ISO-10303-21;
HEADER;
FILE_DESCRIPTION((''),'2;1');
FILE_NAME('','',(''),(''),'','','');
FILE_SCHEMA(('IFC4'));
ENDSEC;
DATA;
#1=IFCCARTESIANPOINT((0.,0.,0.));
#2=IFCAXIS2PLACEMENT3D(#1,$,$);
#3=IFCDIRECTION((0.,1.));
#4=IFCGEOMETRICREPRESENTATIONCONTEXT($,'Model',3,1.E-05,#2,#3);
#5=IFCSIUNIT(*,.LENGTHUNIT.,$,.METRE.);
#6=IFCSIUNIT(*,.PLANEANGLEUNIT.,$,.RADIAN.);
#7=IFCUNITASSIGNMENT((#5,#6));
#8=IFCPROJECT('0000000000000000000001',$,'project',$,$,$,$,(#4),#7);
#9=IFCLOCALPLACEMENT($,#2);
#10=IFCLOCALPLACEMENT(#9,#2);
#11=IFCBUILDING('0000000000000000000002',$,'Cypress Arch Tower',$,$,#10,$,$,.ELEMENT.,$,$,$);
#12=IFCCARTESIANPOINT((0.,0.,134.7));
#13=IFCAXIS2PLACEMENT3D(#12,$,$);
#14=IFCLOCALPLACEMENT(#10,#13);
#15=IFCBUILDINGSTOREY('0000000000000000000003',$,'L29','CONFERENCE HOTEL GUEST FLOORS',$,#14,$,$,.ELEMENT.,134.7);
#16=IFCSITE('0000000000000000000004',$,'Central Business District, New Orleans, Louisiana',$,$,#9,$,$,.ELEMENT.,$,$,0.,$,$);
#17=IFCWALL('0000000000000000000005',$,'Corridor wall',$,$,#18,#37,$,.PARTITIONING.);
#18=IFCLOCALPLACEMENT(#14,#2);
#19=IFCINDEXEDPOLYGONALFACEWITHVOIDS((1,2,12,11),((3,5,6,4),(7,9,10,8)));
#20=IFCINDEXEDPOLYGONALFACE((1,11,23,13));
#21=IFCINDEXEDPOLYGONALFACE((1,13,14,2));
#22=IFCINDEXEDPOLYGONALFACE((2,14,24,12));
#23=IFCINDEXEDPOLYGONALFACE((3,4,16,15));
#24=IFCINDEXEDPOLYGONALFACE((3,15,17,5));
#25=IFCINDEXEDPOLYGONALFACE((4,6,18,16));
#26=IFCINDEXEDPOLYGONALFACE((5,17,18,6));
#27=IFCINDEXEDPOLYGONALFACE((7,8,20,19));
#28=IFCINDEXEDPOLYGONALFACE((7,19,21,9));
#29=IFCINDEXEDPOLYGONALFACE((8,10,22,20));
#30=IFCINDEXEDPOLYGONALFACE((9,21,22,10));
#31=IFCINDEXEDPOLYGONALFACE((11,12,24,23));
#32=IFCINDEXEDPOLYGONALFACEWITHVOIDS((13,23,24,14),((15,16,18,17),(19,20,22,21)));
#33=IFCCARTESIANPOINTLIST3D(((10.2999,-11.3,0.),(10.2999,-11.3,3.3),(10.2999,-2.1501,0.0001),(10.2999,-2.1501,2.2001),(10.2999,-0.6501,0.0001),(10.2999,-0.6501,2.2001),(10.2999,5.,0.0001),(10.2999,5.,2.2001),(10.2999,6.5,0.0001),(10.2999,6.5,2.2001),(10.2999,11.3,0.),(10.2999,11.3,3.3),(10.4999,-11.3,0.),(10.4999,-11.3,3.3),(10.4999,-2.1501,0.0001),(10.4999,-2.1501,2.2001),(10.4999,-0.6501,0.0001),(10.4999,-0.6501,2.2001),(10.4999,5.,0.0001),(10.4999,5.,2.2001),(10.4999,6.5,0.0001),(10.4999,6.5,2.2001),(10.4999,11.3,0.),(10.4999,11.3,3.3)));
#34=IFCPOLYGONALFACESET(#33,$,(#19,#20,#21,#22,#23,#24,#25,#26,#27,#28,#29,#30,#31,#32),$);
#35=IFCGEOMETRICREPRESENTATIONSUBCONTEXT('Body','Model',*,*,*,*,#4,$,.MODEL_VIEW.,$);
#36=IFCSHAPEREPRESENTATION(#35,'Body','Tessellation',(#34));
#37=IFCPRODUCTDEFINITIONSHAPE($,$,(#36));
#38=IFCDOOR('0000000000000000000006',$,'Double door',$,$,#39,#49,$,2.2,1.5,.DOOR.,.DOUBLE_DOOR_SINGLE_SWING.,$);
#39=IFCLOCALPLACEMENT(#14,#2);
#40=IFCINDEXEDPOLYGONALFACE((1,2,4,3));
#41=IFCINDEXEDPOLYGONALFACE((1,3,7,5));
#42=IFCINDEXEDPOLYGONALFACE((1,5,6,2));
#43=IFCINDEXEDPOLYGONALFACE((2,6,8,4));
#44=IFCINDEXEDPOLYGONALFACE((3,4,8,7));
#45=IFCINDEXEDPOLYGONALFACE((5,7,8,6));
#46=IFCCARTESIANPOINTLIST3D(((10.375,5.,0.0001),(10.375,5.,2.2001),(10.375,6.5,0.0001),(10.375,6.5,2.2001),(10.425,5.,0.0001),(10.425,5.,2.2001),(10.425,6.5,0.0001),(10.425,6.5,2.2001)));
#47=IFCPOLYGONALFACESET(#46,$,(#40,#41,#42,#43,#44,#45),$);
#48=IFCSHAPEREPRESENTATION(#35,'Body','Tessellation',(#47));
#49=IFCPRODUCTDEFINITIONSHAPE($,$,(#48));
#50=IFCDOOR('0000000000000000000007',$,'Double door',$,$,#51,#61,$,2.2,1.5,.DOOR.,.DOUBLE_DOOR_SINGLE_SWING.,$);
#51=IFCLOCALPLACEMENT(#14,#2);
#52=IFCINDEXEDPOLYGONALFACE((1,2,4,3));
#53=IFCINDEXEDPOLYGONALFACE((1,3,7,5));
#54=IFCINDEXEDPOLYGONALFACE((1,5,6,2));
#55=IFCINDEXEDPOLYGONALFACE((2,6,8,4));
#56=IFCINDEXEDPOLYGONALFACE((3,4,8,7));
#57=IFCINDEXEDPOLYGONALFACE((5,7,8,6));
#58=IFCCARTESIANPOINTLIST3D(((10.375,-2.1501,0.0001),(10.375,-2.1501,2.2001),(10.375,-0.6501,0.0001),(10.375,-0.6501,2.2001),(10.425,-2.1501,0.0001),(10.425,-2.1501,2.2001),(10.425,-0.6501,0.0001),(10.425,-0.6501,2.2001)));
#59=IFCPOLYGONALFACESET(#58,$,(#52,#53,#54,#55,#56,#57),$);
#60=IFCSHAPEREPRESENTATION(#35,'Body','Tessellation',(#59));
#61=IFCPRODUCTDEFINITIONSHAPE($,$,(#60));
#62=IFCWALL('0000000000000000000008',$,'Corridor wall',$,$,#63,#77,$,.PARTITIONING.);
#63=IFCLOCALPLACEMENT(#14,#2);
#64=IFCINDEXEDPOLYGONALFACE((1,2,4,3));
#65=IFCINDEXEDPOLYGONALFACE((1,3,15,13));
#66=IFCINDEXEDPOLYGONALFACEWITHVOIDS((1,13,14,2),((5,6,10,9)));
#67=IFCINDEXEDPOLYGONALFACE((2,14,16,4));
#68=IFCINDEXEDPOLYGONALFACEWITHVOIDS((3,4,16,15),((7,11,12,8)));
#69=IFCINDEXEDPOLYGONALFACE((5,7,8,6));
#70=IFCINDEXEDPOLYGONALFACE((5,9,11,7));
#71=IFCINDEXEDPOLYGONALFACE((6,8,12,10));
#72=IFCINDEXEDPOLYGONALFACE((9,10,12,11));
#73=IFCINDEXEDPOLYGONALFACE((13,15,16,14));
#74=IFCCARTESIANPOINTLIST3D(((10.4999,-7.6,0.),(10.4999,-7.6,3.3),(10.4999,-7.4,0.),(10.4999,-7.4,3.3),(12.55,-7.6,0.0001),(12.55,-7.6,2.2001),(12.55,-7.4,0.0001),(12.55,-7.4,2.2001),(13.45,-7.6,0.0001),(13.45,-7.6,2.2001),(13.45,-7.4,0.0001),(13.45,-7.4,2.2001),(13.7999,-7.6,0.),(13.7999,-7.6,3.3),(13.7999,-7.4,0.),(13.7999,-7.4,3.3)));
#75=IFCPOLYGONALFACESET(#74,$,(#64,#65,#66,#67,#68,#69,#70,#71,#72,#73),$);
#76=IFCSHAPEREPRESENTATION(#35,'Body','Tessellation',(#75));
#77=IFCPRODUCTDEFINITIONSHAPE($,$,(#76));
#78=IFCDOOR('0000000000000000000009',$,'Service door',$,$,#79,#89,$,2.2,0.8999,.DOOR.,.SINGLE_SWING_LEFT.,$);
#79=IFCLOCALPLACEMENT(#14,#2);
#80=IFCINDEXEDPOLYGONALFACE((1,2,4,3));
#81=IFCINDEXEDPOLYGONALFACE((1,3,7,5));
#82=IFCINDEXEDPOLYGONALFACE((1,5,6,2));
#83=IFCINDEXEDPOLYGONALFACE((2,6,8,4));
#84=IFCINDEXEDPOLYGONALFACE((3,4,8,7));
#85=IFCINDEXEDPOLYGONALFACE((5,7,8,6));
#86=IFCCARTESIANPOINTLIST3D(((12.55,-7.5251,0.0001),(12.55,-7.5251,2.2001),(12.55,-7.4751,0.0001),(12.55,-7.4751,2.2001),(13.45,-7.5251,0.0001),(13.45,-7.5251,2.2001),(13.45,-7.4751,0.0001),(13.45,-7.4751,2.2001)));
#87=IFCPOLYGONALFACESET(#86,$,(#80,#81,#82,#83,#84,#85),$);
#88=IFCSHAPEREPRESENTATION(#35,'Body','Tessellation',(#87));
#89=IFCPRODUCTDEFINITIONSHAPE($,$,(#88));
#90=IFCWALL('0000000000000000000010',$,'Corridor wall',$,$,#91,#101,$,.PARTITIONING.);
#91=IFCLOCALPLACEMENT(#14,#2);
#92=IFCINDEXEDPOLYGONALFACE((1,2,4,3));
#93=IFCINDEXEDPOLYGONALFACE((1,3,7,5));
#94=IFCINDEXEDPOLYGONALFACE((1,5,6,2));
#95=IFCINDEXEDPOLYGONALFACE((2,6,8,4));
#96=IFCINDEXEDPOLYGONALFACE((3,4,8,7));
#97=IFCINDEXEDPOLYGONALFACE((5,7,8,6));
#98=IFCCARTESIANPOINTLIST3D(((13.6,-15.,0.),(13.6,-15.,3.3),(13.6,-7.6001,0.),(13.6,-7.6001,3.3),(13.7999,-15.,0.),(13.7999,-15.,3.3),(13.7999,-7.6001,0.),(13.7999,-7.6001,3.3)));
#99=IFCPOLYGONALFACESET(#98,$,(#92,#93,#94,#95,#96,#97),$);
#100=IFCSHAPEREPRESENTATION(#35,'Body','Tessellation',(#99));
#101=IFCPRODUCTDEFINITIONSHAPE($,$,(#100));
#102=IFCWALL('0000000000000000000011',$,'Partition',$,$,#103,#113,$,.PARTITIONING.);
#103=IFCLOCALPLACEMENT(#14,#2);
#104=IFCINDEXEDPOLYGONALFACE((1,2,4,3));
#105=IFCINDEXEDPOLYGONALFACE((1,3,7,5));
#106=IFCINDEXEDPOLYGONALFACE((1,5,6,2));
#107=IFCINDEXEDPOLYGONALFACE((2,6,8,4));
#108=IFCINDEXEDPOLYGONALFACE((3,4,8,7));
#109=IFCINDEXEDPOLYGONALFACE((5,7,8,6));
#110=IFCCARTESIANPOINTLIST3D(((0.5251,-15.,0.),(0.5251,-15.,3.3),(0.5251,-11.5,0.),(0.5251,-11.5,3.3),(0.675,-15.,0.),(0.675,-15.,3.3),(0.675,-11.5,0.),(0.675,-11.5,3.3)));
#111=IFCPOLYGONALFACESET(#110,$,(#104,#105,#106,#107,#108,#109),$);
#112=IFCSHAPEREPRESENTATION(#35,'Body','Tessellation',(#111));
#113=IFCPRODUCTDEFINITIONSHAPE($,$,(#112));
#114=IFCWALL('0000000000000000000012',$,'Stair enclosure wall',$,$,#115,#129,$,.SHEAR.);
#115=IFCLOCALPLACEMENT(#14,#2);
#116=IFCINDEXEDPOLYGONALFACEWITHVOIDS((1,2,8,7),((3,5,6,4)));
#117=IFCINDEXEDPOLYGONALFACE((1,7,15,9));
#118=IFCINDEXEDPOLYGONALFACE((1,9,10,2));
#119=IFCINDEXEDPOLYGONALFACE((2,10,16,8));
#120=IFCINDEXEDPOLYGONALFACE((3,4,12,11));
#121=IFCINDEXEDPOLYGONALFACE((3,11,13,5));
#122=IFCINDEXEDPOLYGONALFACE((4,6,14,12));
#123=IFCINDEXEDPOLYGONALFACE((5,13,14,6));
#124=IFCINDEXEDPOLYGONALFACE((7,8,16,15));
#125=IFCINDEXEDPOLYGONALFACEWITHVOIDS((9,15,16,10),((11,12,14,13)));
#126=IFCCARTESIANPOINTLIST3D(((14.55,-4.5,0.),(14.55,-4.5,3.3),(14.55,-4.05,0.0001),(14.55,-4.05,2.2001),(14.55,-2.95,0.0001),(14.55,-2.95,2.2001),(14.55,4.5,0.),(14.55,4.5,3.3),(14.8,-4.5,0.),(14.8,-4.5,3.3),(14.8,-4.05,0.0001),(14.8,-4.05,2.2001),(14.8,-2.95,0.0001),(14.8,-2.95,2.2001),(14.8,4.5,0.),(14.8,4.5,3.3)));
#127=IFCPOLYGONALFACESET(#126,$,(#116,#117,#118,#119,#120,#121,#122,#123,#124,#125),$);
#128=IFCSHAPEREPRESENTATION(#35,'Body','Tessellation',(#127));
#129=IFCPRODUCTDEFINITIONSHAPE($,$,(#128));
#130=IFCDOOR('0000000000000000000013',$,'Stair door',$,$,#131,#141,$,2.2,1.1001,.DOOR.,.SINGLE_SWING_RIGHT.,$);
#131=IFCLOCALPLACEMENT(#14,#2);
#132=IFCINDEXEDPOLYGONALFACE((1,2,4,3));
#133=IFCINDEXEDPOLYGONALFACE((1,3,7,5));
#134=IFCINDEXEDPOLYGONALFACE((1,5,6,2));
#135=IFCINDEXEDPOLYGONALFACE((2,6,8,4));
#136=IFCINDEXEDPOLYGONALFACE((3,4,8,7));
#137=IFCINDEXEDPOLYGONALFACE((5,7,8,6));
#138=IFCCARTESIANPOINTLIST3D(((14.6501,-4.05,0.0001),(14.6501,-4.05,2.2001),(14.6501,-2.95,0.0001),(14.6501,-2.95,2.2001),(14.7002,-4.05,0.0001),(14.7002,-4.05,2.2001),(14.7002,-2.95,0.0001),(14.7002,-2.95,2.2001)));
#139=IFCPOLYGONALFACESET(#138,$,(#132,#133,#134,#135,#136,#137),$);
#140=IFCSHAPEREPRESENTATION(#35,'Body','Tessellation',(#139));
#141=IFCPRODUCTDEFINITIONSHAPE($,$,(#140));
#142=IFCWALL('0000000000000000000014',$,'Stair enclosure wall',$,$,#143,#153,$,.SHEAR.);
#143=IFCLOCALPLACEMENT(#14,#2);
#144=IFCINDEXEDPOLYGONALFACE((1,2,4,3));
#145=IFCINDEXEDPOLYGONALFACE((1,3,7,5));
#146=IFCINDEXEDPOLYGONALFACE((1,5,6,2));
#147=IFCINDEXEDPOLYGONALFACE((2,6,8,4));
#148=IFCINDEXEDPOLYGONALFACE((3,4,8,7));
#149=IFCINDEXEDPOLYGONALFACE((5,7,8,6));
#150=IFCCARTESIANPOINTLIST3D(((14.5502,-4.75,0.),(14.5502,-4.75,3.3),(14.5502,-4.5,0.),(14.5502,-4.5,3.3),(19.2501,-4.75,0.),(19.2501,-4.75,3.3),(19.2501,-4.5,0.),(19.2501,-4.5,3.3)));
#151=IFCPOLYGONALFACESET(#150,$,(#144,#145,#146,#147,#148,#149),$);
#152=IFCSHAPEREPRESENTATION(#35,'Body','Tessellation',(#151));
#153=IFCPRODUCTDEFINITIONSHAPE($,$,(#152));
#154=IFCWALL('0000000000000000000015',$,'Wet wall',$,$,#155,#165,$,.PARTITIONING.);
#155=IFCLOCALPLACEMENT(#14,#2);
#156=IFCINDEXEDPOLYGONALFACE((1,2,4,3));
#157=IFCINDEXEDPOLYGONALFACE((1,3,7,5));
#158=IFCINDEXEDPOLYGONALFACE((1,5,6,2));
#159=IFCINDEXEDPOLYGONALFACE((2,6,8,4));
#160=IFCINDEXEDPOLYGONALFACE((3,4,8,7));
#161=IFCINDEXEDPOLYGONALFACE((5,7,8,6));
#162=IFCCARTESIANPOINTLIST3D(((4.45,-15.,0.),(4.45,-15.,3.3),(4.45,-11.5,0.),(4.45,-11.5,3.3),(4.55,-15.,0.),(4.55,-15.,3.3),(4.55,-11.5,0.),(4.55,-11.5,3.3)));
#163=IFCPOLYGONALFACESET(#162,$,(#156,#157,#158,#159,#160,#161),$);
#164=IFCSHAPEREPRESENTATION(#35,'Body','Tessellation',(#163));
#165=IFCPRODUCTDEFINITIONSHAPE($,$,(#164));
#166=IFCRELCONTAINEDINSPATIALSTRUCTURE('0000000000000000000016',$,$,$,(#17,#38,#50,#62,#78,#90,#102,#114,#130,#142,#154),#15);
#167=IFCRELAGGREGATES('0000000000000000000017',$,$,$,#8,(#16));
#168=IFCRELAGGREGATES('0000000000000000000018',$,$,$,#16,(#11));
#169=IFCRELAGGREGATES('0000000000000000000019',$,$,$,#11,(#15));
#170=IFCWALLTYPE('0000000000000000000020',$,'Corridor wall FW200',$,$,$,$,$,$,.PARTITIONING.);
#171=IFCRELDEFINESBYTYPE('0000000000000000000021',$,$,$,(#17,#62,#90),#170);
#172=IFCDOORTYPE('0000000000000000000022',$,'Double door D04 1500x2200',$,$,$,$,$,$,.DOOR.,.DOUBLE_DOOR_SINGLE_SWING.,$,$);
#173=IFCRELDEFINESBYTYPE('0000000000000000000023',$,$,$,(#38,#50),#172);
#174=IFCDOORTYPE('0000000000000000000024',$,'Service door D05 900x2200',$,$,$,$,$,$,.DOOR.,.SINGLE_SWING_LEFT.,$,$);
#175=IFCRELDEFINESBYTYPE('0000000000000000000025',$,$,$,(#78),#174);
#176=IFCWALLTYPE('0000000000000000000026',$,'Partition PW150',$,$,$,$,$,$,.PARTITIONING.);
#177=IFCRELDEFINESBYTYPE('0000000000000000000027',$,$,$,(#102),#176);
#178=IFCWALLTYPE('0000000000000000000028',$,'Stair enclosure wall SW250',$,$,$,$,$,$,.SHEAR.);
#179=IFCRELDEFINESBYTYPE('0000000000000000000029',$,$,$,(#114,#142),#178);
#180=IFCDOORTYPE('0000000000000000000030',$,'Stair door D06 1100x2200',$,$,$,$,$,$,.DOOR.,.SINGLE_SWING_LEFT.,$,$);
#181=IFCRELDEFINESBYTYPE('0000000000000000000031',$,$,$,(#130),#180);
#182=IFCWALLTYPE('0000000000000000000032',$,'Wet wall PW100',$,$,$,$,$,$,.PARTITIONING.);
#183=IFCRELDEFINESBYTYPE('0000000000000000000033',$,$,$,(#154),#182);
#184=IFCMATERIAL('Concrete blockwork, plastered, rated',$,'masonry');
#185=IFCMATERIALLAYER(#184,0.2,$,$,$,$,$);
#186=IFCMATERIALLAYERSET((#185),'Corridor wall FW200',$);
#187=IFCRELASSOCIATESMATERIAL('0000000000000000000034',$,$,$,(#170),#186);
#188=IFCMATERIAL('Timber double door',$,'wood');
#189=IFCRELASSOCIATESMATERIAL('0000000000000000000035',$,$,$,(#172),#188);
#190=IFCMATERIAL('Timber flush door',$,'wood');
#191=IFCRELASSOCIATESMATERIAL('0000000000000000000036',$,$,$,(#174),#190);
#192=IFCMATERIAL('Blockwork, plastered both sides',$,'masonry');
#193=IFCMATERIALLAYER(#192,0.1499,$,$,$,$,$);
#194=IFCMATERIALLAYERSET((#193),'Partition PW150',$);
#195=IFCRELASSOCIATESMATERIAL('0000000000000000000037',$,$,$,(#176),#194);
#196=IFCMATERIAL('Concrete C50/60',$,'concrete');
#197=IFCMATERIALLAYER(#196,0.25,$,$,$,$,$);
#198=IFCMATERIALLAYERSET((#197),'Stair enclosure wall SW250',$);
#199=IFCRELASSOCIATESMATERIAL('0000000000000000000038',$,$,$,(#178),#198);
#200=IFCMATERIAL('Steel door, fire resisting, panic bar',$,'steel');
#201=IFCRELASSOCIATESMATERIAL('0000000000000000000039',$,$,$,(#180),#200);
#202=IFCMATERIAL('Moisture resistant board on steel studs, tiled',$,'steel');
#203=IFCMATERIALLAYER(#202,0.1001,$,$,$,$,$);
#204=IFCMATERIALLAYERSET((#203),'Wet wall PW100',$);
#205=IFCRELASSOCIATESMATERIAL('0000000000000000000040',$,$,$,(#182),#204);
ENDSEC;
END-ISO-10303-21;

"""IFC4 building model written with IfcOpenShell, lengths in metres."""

from ifc_helpers import new_model, si_unit, direction, frame, frame_2d, origin, place, context, subcontext, project, spatial, rectangle, extrude, material, layer, layer_set, type_object, element, fill, save


model = new_model("IFC4")

# Units and contexts
model_context = context("Model", 3, precision=1e-05, world=origin(), true_north=direction((0.0, 1.0)))
body_context = subcontext(model_context, "Body", "Model", "MODEL_VIEW")
ifc_project = project(units=[si_unit("LENGTHUNIT", "METRE"), si_unit("PLANEANGLEUNIT", "RADIAN")], contexts=[model_context])

# Site, building, storey
site_placement = place(None, origin())
site = spatial("IfcSite", under=ifc_project, at=site_placement, Name="Central Business District, New Orleans, Louisiana", CompositionType="ELEMENT", RefElevation=0.0)
building_placement = place(site_placement, origin())
building = spatial("IfcBuilding", under=site, at=building_placement, Name="Cypress Arch Tower", CompositionType="ELEMENT")
storey_placement = place(building_placement, frame((0.0, 0.0, 134.7)))
storey = spatial("IfcBuildingStorey", under=building, at=storey_placement, Name="L29", Description="CONFERENCE HOTEL GUEST FLOORS", CompositionType="ELEMENT", Elevation=134.7)

# Shared definitions
ifc_material_1 = material(Name="Concrete blockwork, plastered, rated", Category="masonry")
ifc_layer_1 = layer(ifc_material_1, 0.2)
ifc_layer_set_1 = layer_set([ifc_layer_1], Name="Corridor wall FW200")
wall_type_1 = type_object("IfcWallType", Name="Corridor wall FW200", PredefinedType="PARTITIONING", material=ifc_layer_set_1)

# Wall, openings, doors
wall_1_placement = place(storey_placement, frame((10.3999, -11.3, 0.0), z_axis=(0.0, 0.0, 1.0), x_axis=(0.0, 1.0, 0.0)))
wall_1 = element("IfcWall", 1, at=wall_1_placement, inside=storey, type_object=wall_type_1, Name="Corridor wall", PredefinedType="PARTITIONING", context=body_context, shape_type="SweptSolid", body=[
    extrude(rectangle(XDim=22.6001, YDim=0.2, at=frame_2d((11.3, 0.0))), origin(), (0.0, 0.0, 1.0), 3.3),
])
opening_1_placement = place(wall_1_placement, frame((16.3, 0.0, 0.0)))
opening_1 = element("IfcOpeningElement", 2, at=opening_1_placement, cuts=wall_1, PredefinedType="OPENING", context=body_context, shape_type="SweptSolid", body=[
    extrude(rectangle(XDim=1.5, YDim=2.2, at=frame_2d((0.75, 1.1001))), frame((0.0, 0.1099, 0.0), z_axis=(0.0, -1.0, 0.0), x_axis=(1.0, 0.0, 0.0)), (0.0, 0.0, 1.0), 0.22),
])
opening_2_placement = place(wall_1_placement, frame((9.1499, 0.0, 0.0)))
opening_2 = element("IfcOpeningElement", 3, at=opening_2_placement, cuts=wall_1, PredefinedType="OPENING", context=body_context, shape_type="SweptSolid", body=[
    extrude(rectangle(XDim=1.5, YDim=2.2, at=frame_2d((0.75, 1.1001))), frame((0.0, 0.1099, 0.0), z_axis=(0.0, -1.0, 0.0), x_axis=(1.0, 0.0, 0.0)), (0.0, 0.0, 1.0), 0.22),
])
ifc_material_2 = material(Name="Timber double door", Category="wood")
door_type_1 = type_object("IfcDoorType", Name="Double door D04 1500x2200", OperationType="DOUBLE_DOOR_SINGLE_SWING", PredefinedType="DOOR", material=ifc_material_2)
door_1_placement = place(opening_1_placement, origin())
door_1 = element("IfcDoor", 4, at=door_1_placement, inside=storey, type_object=door_type_1, Name="Double door", OperationType="DOUBLE_DOOR_SINGLE_SWING", OverallHeight=2.2, OverallWidth=1.5, PredefinedType="DOOR", context=body_context, shape_type="SweptSolid", body=[
    extrude(rectangle(XDim=1.5, YDim=2.2, at=frame_2d((0.75, 1.1001))), frame((0.0, 0.0249, 0.0), z_axis=(0.0, -1.0, 0.0), x_axis=(1.0, 0.0, 0.0)), (0.0, 0.0, 1.0), 0.05),
])
fill(opening_1, door_1)
door_2_placement = place(opening_2_placement, origin())
door_2 = element("IfcDoor", 5, at=door_2_placement, inside=storey, type_object=door_type_1, Name="Double door", OperationType="DOUBLE_DOOR_SINGLE_SWING", OverallHeight=2.2, OverallWidth=1.5, PredefinedType="DOOR", context=body_context, shape_type="SweptSolid", body=[
    extrude(rectangle(XDim=1.5, YDim=2.2, at=frame_2d((0.75, 1.1001))), frame((0.0, 0.0249, 0.0), z_axis=(0.0, -1.0, 0.0), x_axis=(1.0, 0.0, 0.0)), (0.0, 0.0, 1.0), 0.05),
])
fill(opening_2, door_2)

# Wall, opening, door
wall_2_placement = place(storey_placement, frame((10.5, -7.5, 0.0), z_axis=(0.0, 0.0, 1.0), x_axis=(1.0, 0.0, 0.0)))
wall_2 = element("IfcWall", 6, at=wall_2_placement, inside=storey, type_object=wall_type_1, Name="Corridor wall", PredefinedType="PARTITIONING", context=body_context, shape_type="SweptSolid", body=[
    extrude(rectangle(XDim=3.3, YDim=0.2, at=frame_2d((1.6499, 0.0))), origin(), (0.0, 0.0, 1.0), 3.3),
])
opening_3_placement = place(wall_2_placement, frame((2.05, 0.0, 0.0)))
opening_3 = element("IfcOpeningElement", 7, at=opening_3_placement, cuts=wall_2, PredefinedType="OPENING", context=body_context, shape_type="SweptSolid", body=[
    extrude(rectangle(XDim=0.8999, YDim=2.2, at=frame_2d((0.45, 1.1001))), frame((0.0, 0.1099, 0.0), z_axis=(0.0, -1.0, 0.0), x_axis=(1.0, 0.0, 0.0)), (0.0, 0.0, 1.0), 0.22),
])
ifc_material_3 = material(Name="Timber flush door", Category="wood")
door_type_2 = type_object("IfcDoorType", Name="Service door D05 900x2200", OperationType="SINGLE_SWING_LEFT", PredefinedType="DOOR", material=ifc_material_3)
door_3_placement = place(opening_3_placement, origin())
door_3 = element("IfcDoor", 8, at=door_3_placement, inside=storey, type_object=door_type_2, Name="Service door", OperationType="SINGLE_SWING_LEFT", OverallHeight=2.2, OverallWidth=0.8999, PredefinedType="DOOR", context=body_context, shape_type="SweptSolid", body=[
    extrude(rectangle(XDim=0.8999, YDim=2.2, at=frame_2d((0.45, 1.1001))), frame((0.0, 0.0249, 0.0), z_axis=(0.0, -1.0, 0.0), x_axis=(1.0, 0.0, 0.0)), (0.0, 0.0, 1.0), 0.05),
])
fill(opening_3, door_3)

# Walls
wall_3_placement = place(storey_placement, frame((13.7, -15.0, 0.0), z_axis=(0.0, 0.0, 1.0), x_axis=(0.0, 1.0, 0.0)))
element("IfcWall", 9, at=wall_3_placement, inside=storey, type_object=wall_type_1, Name="Corridor wall", PredefinedType="PARTITIONING", context=body_context, shape_type="SweptSolid", body=[
    extrude(rectangle(XDim=7.3999, YDim=0.2, at=frame_2d((3.7, 0.0))), origin(), (0.0, 0.0, 1.0), 3.3),
])
ifc_material_4 = material(Name="Blockwork, plastered both sides", Category="masonry")
ifc_layer_2 = layer(ifc_material_4, 0.1499)
ifc_layer_set_2 = layer_set([ifc_layer_2], Name="Partition PW150")
wall_type_2 = type_object("IfcWallType", Name="Partition PW150", PredefinedType="PARTITIONING", material=ifc_layer_set_2)
wall_4_placement = place(storey_placement, frame((0.6001, -15.0, 0.0), z_axis=(0.0, 0.0, 1.0), x_axis=(0.0, 1.0, 0.0)))
element("IfcWall", 10, at=wall_4_placement, inside=storey, type_object=wall_type_2, Name="Partition", PredefinedType="PARTITIONING", context=body_context, shape_type="SweptSolid", body=[
    extrude(rectangle(XDim=3.5, YDim=0.1499, at=frame_2d((1.75, 0.0))), origin(), (0.0, 0.0, 1.0), 3.3),
])

# Wall, opening, door
ifc_material_5 = material(Name="Concrete C50/60", Category="concrete")
ifc_layer_3 = layer(ifc_material_5, 0.25)
ifc_layer_set_3 = layer_set([ifc_layer_3], Name="Stair enclosure wall SW250")
wall_type_3 = type_object("IfcWallType", Name="Stair enclosure wall SW250", PredefinedType="SHEAR", material=ifc_layer_set_3)
wall_5_placement = place(storey_placement, frame((14.675, -4.5, 0.0), z_axis=(0.0, 0.0, 1.0), x_axis=(0.0, 1.0, 0.0)))
wall_5 = element("IfcWall", 11, at=wall_5_placement, inside=storey, type_object=wall_type_3, Name="Stair enclosure wall", PredefinedType="SHEAR", context=body_context, shape_type="SweptSolid", body=[
    extrude(rectangle(XDim=9.0, YDim=0.25, at=frame_2d((4.5, 0.0))), origin(), (0.0, 0.0, 1.0), 3.3),
])
opening_4_placement = place(wall_5_placement, frame((0.45, 0.0, 0.0)))
opening_4 = element("IfcOpeningElement", 12, at=opening_4_placement, cuts=wall_5, PredefinedType="OPENING", context=body_context, shape_type="SweptSolid", body=[
    extrude(rectangle(XDim=1.1001, YDim=2.2, at=frame_2d((0.55, 1.1001))), frame((0.0, 0.135, 0.0), z_axis=(0.0, -1.0, 0.0), x_axis=(1.0, 0.0, 0.0)), (0.0, 0.0, 1.0), 0.27),
])
ifc_material_6 = material(Name="Steel door, fire resisting, panic bar", Category="steel")
door_type_3 = type_object("IfcDoorType", Name="Stair door D06 1100x2200", OperationType="SINGLE_SWING_LEFT", PredefinedType="DOOR", material=ifc_material_6)
door_4_placement = place(opening_4_placement, origin())
door_4 = element("IfcDoor", 13, at=door_4_placement, inside=storey, type_object=door_type_3, Name="Stair door", OperationType="SINGLE_SWING_RIGHT", OverallHeight=2.2, OverallWidth=1.1001, PredefinedType="DOOR", context=body_context, shape_type="SweptSolid", body=[
    extrude(rectangle(XDim=1.1001, YDim=2.2, at=frame_2d((0.55, 1.1001))), frame((0.0, 0.0249, 0.0), z_axis=(0.0, -1.0, 0.0), x_axis=(1.0, 0.0, 0.0)), (0.0, 0.0, 1.0), 0.05),
])
fill(opening_4, door_4)

# Walls
wall_6_placement = place(storey_placement, frame((14.55, -4.625, 0.0), z_axis=(0.0, 0.0, 1.0), x_axis=(1.0, 0.0, 0.0)))
element("IfcWall", 14, at=wall_6_placement, inside=storey, type_object=wall_type_3, Name="Stair enclosure wall", PredefinedType="SHEAR", context=body_context, shape_type="SweptSolid", body=[
    extrude(rectangle(XDim=4.7, YDim=0.25, at=frame_2d((2.3501, 0.0))), origin(), (0.0, 0.0, 1.0), 3.3),
])
ifc_material_7 = material(Name="Moisture resistant board on steel studs, tiled", Category="steel")
ifc_layer_4 = layer(ifc_material_7, 0.1001)
ifc_layer_set_4 = layer_set([ifc_layer_4], Name="Wet wall PW100")
wall_type_4 = type_object("IfcWallType", Name="Wet wall PW100", PredefinedType="PARTITIONING", material=ifc_layer_set_4)
wall_7_placement = place(storey_placement, frame((4.5, -15.0, 0.0), z_axis=(0.0, 0.0, 1.0), x_axis=(0.0, 1.0, 0.0)))
element("IfcWall", 15, at=wall_7_placement, inside=storey, type_object=wall_type_4, Name="Wet wall", PredefinedType="PARTITIONING", context=body_context, shape_type="SweptSolid", body=[
    extrude(rectangle(XDim=3.5, YDim=0.1001, at=frame_2d((1.75, 0.0))), origin(), (0.0, 0.0, 1.0), 3.3),
])

save(model, "model.ifc")
